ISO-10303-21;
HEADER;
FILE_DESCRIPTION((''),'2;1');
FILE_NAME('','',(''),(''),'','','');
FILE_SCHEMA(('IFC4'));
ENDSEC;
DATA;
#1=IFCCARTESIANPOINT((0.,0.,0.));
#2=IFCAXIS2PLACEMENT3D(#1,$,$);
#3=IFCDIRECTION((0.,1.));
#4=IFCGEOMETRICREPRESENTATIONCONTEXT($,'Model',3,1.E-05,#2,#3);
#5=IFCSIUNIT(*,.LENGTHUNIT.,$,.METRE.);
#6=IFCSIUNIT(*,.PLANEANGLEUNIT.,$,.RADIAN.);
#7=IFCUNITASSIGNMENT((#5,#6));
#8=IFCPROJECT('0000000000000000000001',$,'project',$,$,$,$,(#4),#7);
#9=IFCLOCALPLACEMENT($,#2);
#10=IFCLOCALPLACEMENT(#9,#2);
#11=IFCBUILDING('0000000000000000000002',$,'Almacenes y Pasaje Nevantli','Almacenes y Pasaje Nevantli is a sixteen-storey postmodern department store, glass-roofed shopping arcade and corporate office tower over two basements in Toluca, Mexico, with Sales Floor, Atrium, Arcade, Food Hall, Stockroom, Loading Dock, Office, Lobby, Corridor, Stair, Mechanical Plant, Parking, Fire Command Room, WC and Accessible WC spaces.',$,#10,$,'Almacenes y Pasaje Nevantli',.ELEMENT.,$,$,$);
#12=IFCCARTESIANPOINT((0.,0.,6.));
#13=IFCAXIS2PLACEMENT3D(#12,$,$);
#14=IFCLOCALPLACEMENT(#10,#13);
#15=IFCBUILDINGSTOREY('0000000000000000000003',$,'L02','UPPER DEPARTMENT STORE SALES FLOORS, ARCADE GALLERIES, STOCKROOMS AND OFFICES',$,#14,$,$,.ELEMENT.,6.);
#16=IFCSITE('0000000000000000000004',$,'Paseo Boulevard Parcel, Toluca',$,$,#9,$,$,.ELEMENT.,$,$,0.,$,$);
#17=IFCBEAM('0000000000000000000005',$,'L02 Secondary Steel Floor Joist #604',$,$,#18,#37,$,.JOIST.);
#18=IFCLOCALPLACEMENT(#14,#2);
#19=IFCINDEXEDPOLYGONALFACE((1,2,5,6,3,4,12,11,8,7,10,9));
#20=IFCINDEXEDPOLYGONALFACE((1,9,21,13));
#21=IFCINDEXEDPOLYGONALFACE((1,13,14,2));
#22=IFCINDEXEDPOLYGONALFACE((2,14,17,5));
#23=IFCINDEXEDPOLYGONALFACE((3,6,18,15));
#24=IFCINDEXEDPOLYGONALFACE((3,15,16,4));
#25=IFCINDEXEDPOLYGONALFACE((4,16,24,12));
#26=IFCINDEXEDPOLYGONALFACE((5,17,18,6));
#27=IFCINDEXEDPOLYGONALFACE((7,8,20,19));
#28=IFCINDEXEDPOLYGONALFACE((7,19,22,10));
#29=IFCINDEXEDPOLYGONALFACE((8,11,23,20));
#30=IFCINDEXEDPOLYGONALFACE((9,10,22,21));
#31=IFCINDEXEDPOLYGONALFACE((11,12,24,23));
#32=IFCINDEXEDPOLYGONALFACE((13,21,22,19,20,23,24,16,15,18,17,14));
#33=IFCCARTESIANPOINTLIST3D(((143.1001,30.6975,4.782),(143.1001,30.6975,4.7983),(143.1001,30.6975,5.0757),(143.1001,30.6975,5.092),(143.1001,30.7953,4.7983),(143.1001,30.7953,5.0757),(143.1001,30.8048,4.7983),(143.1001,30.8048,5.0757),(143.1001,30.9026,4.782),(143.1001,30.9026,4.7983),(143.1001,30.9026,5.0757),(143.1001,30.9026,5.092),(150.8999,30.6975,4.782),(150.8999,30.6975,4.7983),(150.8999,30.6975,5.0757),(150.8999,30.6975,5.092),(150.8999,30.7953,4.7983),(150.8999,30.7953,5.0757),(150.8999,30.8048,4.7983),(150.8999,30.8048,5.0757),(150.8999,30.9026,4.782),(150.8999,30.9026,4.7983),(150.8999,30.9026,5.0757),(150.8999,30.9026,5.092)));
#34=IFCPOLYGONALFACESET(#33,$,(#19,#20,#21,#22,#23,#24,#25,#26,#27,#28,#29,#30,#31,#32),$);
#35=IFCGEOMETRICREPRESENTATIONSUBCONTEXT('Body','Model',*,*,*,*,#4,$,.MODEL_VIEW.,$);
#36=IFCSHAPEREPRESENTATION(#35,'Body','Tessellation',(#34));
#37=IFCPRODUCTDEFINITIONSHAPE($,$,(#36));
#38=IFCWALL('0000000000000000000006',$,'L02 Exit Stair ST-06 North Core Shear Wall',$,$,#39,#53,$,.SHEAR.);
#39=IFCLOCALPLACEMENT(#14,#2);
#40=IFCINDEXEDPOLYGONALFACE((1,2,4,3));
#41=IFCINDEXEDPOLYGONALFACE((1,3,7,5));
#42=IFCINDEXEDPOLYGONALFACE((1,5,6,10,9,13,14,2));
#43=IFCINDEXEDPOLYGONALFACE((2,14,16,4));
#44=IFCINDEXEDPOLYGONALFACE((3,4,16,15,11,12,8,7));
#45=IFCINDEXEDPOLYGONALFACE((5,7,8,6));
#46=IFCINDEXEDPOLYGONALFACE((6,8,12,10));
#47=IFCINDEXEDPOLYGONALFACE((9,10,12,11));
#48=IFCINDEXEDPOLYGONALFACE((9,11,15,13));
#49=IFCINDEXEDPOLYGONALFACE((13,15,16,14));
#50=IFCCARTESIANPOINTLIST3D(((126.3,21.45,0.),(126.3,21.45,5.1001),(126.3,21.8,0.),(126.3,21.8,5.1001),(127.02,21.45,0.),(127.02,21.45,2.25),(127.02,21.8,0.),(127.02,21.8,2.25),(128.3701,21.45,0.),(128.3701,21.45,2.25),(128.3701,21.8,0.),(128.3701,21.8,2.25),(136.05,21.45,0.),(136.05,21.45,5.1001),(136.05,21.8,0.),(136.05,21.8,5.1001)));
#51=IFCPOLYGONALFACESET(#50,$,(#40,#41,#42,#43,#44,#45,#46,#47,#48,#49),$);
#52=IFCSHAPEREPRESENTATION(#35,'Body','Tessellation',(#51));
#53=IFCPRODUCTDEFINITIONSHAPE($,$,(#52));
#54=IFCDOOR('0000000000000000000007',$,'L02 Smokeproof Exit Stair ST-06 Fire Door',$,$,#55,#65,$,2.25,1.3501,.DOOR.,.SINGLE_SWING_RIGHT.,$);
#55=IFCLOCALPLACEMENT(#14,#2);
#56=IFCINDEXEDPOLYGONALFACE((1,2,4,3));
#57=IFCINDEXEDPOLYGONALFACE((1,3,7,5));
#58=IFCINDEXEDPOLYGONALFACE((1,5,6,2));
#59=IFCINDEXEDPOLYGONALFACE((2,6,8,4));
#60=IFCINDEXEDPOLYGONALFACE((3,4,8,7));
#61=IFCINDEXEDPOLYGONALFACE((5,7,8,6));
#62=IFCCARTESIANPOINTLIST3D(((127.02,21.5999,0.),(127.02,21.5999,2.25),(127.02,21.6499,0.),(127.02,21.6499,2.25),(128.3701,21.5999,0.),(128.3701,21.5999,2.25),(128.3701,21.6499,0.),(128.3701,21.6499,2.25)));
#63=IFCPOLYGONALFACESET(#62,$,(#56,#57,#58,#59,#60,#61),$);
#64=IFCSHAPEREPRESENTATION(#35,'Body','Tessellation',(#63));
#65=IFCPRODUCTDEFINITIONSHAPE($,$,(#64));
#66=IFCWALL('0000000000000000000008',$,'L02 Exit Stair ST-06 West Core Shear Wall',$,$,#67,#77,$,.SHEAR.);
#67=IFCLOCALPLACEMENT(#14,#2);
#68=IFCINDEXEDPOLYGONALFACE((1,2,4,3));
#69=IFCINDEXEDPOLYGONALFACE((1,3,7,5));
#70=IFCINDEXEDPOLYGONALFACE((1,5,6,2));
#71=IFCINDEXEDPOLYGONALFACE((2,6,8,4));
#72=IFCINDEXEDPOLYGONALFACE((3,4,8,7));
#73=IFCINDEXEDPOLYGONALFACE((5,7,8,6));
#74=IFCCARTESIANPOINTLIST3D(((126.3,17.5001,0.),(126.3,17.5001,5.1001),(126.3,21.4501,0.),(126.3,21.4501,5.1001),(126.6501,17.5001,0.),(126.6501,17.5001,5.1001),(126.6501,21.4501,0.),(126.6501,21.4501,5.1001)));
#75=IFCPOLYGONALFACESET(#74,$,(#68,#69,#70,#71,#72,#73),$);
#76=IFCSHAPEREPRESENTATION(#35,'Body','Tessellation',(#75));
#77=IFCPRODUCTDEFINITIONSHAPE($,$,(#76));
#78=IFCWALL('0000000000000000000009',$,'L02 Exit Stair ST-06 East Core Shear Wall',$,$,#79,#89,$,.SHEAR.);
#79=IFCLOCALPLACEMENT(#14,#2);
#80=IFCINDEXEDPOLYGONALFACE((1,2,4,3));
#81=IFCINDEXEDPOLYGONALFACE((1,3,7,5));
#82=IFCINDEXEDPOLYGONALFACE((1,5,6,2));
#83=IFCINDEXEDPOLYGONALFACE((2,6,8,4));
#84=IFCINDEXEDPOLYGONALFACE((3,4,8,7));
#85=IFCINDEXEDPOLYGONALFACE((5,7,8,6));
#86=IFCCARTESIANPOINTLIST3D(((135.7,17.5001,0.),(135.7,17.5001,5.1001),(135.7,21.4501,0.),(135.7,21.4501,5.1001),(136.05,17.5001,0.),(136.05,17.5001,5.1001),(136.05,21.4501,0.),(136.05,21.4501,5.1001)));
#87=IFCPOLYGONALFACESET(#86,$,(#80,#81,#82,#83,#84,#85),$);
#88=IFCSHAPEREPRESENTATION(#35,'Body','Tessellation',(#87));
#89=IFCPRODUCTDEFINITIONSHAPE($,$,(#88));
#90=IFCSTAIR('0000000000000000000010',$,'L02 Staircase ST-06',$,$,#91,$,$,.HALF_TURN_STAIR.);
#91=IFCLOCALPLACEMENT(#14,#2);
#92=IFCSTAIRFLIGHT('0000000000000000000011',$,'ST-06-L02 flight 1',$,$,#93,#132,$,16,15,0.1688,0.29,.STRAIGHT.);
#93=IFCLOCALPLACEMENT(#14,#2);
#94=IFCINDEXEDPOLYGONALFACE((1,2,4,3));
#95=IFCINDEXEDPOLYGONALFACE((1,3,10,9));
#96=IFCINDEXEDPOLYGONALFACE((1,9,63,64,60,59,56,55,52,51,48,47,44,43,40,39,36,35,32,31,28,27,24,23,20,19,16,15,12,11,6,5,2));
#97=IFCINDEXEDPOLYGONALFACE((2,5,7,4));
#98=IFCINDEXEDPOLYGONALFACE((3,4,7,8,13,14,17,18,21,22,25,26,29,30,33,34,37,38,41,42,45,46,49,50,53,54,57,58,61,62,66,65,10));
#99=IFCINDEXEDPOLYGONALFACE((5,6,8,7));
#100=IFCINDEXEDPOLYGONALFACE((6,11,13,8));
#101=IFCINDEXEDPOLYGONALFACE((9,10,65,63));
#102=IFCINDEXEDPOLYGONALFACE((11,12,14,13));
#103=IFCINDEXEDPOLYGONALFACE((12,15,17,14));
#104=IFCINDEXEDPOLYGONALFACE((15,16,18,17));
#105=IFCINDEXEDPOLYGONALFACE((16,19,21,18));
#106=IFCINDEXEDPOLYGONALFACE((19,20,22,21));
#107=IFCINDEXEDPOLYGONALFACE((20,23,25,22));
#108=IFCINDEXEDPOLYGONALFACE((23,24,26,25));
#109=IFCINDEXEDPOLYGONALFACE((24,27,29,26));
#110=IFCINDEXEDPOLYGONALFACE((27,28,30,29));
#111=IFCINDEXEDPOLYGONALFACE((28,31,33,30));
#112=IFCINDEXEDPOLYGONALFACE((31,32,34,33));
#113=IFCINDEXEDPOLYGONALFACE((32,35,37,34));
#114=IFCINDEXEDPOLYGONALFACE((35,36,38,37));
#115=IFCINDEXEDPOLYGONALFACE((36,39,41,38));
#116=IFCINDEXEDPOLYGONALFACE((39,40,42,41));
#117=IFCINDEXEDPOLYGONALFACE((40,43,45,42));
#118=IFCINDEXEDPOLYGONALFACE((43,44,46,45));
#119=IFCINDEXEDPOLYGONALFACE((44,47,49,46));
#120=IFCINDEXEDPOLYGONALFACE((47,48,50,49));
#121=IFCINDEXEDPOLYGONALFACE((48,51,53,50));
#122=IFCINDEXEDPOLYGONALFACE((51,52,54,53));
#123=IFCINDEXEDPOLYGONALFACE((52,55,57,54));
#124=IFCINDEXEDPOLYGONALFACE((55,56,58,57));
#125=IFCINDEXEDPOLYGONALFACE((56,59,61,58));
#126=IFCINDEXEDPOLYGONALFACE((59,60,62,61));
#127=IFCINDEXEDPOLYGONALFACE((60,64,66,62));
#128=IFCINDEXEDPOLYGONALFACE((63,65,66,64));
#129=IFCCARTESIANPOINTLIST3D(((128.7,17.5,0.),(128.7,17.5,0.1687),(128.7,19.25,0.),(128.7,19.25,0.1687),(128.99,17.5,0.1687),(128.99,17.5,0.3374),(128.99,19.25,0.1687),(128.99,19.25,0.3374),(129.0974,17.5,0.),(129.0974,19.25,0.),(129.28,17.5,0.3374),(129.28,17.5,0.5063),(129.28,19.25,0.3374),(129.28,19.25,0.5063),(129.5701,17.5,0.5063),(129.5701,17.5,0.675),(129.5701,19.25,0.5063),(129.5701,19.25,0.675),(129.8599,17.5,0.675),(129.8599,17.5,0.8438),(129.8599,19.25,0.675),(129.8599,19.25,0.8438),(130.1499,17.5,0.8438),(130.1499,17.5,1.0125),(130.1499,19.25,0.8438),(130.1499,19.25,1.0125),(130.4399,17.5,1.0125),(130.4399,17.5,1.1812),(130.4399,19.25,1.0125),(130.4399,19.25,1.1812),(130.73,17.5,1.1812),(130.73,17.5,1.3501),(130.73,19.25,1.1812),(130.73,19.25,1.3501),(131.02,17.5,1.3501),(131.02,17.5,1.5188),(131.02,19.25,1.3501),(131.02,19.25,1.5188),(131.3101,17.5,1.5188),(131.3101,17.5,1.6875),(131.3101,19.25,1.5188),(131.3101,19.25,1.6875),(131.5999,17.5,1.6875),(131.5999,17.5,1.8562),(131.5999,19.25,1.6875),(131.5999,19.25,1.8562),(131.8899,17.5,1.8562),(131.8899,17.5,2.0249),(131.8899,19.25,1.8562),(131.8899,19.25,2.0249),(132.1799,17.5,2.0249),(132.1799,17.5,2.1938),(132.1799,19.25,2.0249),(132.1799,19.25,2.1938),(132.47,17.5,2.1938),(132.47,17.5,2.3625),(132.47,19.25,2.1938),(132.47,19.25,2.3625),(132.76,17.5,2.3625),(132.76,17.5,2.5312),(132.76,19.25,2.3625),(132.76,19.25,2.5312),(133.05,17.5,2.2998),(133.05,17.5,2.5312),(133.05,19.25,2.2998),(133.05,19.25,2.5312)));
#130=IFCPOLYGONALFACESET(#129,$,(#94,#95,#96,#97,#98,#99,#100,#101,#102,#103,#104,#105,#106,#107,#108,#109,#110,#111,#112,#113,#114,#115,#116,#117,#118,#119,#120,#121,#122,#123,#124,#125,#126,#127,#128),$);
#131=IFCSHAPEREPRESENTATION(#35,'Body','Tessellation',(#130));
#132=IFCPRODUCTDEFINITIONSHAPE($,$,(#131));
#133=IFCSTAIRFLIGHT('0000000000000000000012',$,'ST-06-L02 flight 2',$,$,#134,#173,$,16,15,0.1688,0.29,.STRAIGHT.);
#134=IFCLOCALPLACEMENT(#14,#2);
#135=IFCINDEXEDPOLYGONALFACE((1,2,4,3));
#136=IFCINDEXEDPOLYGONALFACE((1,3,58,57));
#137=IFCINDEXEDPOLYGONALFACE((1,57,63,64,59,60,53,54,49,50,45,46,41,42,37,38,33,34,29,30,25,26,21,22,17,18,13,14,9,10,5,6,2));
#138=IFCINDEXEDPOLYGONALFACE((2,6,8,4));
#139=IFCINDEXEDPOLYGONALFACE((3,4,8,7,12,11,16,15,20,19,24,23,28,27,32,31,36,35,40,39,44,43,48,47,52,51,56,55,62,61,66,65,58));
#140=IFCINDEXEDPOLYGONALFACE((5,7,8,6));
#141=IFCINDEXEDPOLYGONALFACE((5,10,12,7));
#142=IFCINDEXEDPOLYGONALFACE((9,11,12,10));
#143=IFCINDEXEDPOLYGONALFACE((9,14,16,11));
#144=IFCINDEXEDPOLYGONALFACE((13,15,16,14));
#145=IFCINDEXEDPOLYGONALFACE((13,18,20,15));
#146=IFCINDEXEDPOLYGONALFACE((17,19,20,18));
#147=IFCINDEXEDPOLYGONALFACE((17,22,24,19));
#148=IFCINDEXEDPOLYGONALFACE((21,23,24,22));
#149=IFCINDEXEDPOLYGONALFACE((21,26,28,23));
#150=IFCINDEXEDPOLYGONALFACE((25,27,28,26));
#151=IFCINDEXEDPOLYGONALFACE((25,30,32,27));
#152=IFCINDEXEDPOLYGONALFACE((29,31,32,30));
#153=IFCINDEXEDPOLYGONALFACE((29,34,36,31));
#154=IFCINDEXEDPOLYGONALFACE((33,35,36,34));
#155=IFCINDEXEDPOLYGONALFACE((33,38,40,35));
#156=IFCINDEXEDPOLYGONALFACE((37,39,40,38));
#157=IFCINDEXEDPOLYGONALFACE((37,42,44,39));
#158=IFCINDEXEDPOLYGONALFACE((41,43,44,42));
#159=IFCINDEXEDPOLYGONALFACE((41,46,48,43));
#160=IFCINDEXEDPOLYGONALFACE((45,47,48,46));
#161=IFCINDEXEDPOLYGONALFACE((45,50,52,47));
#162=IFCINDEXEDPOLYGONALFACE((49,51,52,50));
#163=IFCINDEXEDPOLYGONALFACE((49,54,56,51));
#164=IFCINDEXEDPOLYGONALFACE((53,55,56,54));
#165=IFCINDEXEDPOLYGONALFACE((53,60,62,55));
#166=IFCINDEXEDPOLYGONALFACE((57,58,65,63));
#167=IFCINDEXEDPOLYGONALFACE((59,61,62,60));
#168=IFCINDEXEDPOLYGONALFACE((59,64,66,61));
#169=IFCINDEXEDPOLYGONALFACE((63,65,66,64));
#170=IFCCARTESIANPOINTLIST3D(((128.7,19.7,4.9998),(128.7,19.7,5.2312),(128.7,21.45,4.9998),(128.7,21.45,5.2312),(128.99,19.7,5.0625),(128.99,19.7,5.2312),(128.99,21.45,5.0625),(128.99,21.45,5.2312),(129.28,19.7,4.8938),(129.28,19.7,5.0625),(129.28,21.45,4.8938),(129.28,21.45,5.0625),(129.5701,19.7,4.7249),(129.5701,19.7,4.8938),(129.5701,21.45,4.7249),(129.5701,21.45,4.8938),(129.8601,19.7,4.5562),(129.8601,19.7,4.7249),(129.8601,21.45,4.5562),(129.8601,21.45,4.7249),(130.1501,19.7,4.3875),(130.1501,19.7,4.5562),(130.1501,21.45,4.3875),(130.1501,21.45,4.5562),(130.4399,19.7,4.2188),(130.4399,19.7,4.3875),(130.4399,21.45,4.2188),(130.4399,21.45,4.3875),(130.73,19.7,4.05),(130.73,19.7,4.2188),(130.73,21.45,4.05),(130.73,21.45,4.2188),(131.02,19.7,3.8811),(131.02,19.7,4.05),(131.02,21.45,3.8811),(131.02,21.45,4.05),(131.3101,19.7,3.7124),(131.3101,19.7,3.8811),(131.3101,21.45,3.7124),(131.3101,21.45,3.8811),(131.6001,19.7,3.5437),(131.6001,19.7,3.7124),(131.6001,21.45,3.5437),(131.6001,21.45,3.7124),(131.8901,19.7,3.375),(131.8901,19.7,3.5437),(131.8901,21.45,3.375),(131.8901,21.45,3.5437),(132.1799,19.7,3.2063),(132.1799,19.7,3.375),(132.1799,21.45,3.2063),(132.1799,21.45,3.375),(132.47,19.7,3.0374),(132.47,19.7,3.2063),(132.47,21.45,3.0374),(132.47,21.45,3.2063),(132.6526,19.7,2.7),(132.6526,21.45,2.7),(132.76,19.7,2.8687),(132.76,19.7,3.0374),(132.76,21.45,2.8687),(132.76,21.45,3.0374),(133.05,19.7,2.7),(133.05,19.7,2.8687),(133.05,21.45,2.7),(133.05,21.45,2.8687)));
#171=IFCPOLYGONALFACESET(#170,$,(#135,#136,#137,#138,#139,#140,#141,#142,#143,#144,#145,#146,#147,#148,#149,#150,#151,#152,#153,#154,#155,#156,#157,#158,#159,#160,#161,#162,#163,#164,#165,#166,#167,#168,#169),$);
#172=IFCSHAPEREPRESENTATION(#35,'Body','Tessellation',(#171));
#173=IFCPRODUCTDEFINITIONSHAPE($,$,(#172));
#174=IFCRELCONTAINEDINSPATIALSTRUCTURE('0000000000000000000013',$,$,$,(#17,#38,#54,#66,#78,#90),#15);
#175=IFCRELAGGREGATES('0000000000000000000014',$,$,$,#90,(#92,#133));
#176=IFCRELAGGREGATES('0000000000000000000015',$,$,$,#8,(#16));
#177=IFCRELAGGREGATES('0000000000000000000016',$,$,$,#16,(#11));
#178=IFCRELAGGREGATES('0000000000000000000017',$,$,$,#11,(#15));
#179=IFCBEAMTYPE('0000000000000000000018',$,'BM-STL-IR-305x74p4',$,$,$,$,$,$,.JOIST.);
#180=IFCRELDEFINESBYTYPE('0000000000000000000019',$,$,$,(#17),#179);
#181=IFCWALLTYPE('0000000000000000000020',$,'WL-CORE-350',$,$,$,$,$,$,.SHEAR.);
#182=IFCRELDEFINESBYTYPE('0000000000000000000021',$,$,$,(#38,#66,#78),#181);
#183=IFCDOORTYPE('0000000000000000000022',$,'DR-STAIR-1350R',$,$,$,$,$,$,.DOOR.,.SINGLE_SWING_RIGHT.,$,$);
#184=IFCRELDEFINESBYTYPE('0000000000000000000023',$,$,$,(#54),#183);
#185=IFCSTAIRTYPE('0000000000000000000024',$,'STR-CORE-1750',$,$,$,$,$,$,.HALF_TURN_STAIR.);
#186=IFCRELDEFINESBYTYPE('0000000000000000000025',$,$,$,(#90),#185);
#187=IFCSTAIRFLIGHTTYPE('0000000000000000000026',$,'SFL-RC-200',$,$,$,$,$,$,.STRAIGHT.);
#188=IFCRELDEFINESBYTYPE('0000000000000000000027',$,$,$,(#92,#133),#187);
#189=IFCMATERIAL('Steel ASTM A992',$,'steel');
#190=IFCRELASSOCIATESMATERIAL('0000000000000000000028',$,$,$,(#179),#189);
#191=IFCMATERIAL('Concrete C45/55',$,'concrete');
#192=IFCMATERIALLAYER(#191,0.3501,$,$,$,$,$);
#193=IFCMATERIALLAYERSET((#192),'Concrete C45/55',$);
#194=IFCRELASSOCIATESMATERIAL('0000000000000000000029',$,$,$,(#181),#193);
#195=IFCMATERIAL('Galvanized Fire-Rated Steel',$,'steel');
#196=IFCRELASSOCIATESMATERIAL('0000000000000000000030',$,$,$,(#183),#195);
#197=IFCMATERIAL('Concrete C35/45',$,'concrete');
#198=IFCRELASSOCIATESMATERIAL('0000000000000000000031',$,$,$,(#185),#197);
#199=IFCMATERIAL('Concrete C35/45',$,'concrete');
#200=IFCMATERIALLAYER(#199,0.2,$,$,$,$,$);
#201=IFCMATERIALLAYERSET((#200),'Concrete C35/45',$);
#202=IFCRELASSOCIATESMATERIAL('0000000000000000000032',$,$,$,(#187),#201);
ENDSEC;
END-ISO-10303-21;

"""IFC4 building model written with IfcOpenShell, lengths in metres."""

from ifc_helpers import new_model, si_unit, direction, frame, frame_2d, origin, origin_2d, place, context, subcontext, project, spatial, polyline, rectangle, i_section, outline, extrude, material, layer, layer_set, material_profile, profile_set, type_object, element, fill, aggregate, save


model = new_model("IFC4")

# Units and contexts
model_context = context("Model", 3, precision=1e-05, world=origin(), true_north=direction((0.0, 1.0)))
body_context = subcontext(model_context, "Body", "Model", "MODEL_VIEW")
ifc_project = project(units=[si_unit("LENGTHUNIT", "METRE"), si_unit("PLANEANGLEUNIT", "RADIAN")], contexts=[model_context])

# Site, building, storey
site_placement = place(None, origin())
site = spatial("IfcSite", under=ifc_project, at=site_placement, Name="Paseo Boulevard Parcel, Toluca", CompositionType="ELEMENT", RefElevation=0.0)
building_placement = place(site_placement, origin())
building = spatial("IfcBuilding", under=site, at=building_placement, Name="Almacenes y Pasaje Nevantli", Description="Almacenes y Pasaje Nevantli is a sixteen-storey postmodern department store, glass-roofed shopping arcade and corporate office tower over two basements in Toluca, Mexico, with Sales Floor, Atrium, Arcade, Food Hall, Stockroom, Loading Dock, Office, Lobby, Corridor, Stair, Mechanical Plant, Parking, Fire Command Room, WC and Accessible WC spaces.", LongName="Almacenes y Pasaje Nevantli", CompositionType="ELEMENT")
storey_placement = place(building_placement, frame((0.0, 0.0, 6.0)))
storey = spatial("IfcBuildingStorey", under=building, at=storey_placement, Name="L02", Description="UPPER DEPARTMENT STORE SALES FLOORS, ARCADE GALLERIES, STOCKROOMS AND OFFICES", CompositionType="ELEMENT", Elevation=6.0)

# Beam
ifc_material_1 = material(Name="Steel ASTM A992", Category="steel")
ifc_material_profile_1 = material_profile(ifc_material_1, i_section(OverallWidth=0.2051, OverallDepth=0.3101, WebThickness=0.0095, FlangeThickness=0.0164, at=origin_2d()), Name="IR 305x74.4")
ifc_profile_set_1 = profile_set([ifc_material_profile_1], Name="Steel ASTM A992")
beam_type_1 = type_object("IfcBeamType", Name="BM-STL-IR-305x74p4", PredefinedType="JOIST", material=ifc_profile_set_1)
for number, where, z_axis, x_axis, name in (
    (1, (143.1001, 30.8, 4.937), (1.0, 0.0, 0.0), (0.0, 1.0, 0.0), "L02 Secondary Steel Floor Joist #604"),
):
    element("IfcBeam", number, at=place(storey_placement, frame(where, z_axis=z_axis, x_axis=x_axis)), inside=storey, type_object=beam_type_1, Name=name, PredefinedType="JOIST", context=body_context, shape_type="SweptSolid", body=[
        extrude(i_section(OverallWidth=0.2051, OverallDepth=0.3101, WebThickness=0.0095, FlangeThickness=0.0164, at=origin_2d()), origin(), (0.0, 0.0, 1.0), 7.7998),
    ])

# Wall, opening, door
ifc_material_2 = material(Name="Concrete C45/55", Category="concrete")
ifc_layer_1 = layer(ifc_material_2, 0.3501)
ifc_layer_set_1 = layer_set([ifc_layer_1], Name="Concrete C45/55")
wall_type = type_object("IfcWallType", Name="WL-CORE-350", PredefinedType="SHEAR", material=ifc_layer_set_1)
wall_placement = place(storey_placement, frame((126.3, 21.625, 0.0), z_axis=(0.0, 0.0, 1.0), x_axis=(1.0, 0.0, 0.0)))
wall = element("IfcWall", 2, at=wall_placement, inside=storey, type_object=wall_type, Name="L02 Exit Stair ST-06 North Core Shear Wall", PredefinedType="SHEAR", context=body_context, shape_type="SweptSolid", body=[
    extrude(rectangle(XDim=9.75, YDim=0.3501, at=frame_2d((4.875, 0.0))), origin(), (0.0, 0.0, 1.0), 5.1001),
])
opening_placement = place(wall_placement, frame((0.72, 0.0, 0.0)))
opening = element("IfcOpeningElement", 3, at=opening_placement, cuts=wall, PredefinedType="OPENING", context=body_context, shape_type="SweptSolid", body=[
    extrude(rectangle(XDim=1.3501, YDim=2.25, at=frame_2d((0.675, 1.125))), frame((0.0, 0.1851, 0.0), z_axis=(0.0, -1.0, 0.0), x_axis=(1.0, 0.0, 0.0)), (0.0, 0.0, 1.0), 0.3701),
])
ifc_material_3 = material(Name="Galvanized Fire-Rated Steel", Category="steel")
door_type = type_object("IfcDoorType", Name="DR-STAIR-1350R", OperationType="SINGLE_SWING_RIGHT", PredefinedType="DOOR", material=ifc_material_3)
door_placement = place(opening_placement, origin())
door = element("IfcDoor", 4, at=door_placement, inside=storey, type_object=door_type, Name="L02 Smokeproof Exit Stair ST-06 Fire Door", OperationType="SINGLE_SWING_RIGHT", OverallHeight=2.25, OverallWidth=1.3501, PredefinedType="DOOR", context=body_context, shape_type="SweptSolid", body=[
    extrude(rectangle(XDim=1.3501, YDim=2.25, at=frame_2d((0.675, 1.125))), frame((0.0, 0.0249, 0.0), z_axis=(0.0, -1.0, 0.0), x_axis=(1.0, 0.0, 0.0)), (0.0, 0.0, 1.0), 0.05),
])
fill(opening, door)

# Walls
for number, where, z_axis, x_axis, name in (
    (5, (126.4751, 17.5, 0.0), (0.0, 0.0, 1.0), (0.0, 1.0, 0.0), "L02 Exit Stair ST-06 West Core Shear Wall"),
    (6, (135.875, 17.5, 0.0), (0.0, 0.0, 1.0), (0.0, 1.0, 0.0), "L02 Exit Stair ST-06 East Core Shear Wall"),
):
    element("IfcWall", number, at=place(storey_placement, frame(where, z_axis=z_axis, x_axis=x_axis)), inside=storey, type_object=wall_type, Name=name, PredefinedType="SHEAR", context=body_context, shape_type="SweptSolid", body=[
        extrude(rectangle(XDim=3.95, YDim=0.3501, at=frame_2d((1.9751, 0.0))), origin(), (0.0, 0.0, 1.0), 5.1001),
    ])

# Stair, stair flights
ifc_material_4 = material(Name="Concrete C35/45", Category="concrete")
stair_type = type_object("IfcStairType", Name="STR-CORE-1750", PredefinedType="HALF_TURN_STAIR", material=ifc_material_4)
stair_placement = place(storey_placement, origin())
stair = element("IfcStair", 7, at=stair_placement, inside=storey, type_object=stair_type, Name="L02 Staircase ST-06", PredefinedType="HALF_TURN_STAIR")
ifc_material_5 = material(Name="Concrete C35/45", Category="concrete")
ifc_layer_2 = layer(ifc_material_5, 0.2)
ifc_layer_set_2 = layer_set([ifc_layer_2], Name="Concrete C35/45")
stair_flight_type = type_object("IfcStairFlightType", Name="SFL-RC-200", PredefinedType="STRAIGHT", material=ifc_layer_set_2)
stair_flight_1_placement = place(storey_placement, frame((128.7, 18.375, 0.0), z_axis=(0.0, 0.0, 1.0), x_axis=(1.0, 0.0, 0.0)))
stair_flight_1 = element("IfcStairFlight", 8, at=stair_flight_1_placement, type_object=stair_flight_type, Name="ST-06-L02 flight 1", NumberOfRisers=16, NumberOfTreads=15, PredefinedType="STRAIGHT", RiserHeight=0.1688, TreadLength=0.29, context=body_context, shape_type="SweptSolid", body=[
    extrude(outline(polyline([(0.0, 0.0), (0.0, 0.1687), (0.29, 0.1687), (0.29, 0.3374), (0.5801, 0.3374), (0.5801, 0.5063), (0.8701, 0.5063), (0.8701, 0.675), (1.1599, 0.675), (1.1599, 0.8438), (1.45, 0.8438), (1.45, 1.0125), (1.74, 1.0125), (1.74, 1.1812), (2.03, 1.1812), (2.03, 1.3501), (2.3201, 1.3501), (2.3201, 1.5188), (2.6101, 1.5188), (2.6101, 1.6875), (2.8999, 1.6875), (2.8999, 1.8562), (3.1899, 1.8562), (3.1899, 2.0249), (3.48, 2.0249), (3.48, 2.1938), (3.77, 2.1938), (3.77, 2.3625), (4.0601, 2.3625), (4.0601, 2.5312), (4.3501, 2.5312), (4.3501, 2.7), (4.3501, 2.2998), (0.3975, 0.0), (0.0, 0.0)])), frame((0.0, 0.875, 0.0), z_axis=(0.0, -1.0, 0.0), x_axis=(1.0, 0.0, 0.0)), (0.0, 0.0, 1.0), 1.75),
])
stair_flight_2_placement = place(storey_placement, frame((133.05, 20.575, 2.7), z_axis=(0.0, 0.0, 1.0), x_axis=(-1.0, 0.0, 0.0)))
stair_flight_2 = element("IfcStairFlight", 9, at=stair_flight_2_placement, type_object=stair_flight_type, Name="ST-06-L02 flight 2", NumberOfRisers=16, NumberOfTreads=15, PredefinedType="STRAIGHT", RiserHeight=0.1688, TreadLength=0.29, context=body_context, shape_type="SweptSolid", body=[
    extrude(outline(polyline([(0.0, 0.0), (0.0, 0.1687), (0.29, 0.1687), (0.29, 0.3374), (0.5801, 0.3374), (0.5801, 0.5063), (0.8701, 0.5063), (0.8701, 0.675), (1.1599, 0.675), (1.1599, 0.8438), (1.45, 0.8438), (1.45, 1.0125), (1.74, 1.0125), (1.74, 1.1812), (2.03, 1.1812), (2.03, 1.3501), (2.3201, 1.3501), (2.3201, 1.5188), (2.6101, 1.5188), (2.6101, 1.6875), (2.8999, 1.6875), (2.8999, 1.8562), (3.1899, 1.8562), (3.1899, 2.0249), (3.48, 2.0249), (3.48, 2.1938), (3.77, 2.1938), (3.77, 2.3625), (4.0601, 2.3625), (4.0601, 2.5312), (4.3501, 2.5312), (4.3501, 2.7), (4.3501, 2.2998), (0.3975, 0.0), (0.0, 0.0)])), frame((0.0, 0.875, 0.0), z_axis=(0.0, -1.0, 0.0), x_axis=(1.0, 0.0, 0.0)), (0.0, 0.0, 1.0), 1.75),
])
aggregate(stair, [stair_flight_1, stair_flight_2])

save(model, "model.ifc")
